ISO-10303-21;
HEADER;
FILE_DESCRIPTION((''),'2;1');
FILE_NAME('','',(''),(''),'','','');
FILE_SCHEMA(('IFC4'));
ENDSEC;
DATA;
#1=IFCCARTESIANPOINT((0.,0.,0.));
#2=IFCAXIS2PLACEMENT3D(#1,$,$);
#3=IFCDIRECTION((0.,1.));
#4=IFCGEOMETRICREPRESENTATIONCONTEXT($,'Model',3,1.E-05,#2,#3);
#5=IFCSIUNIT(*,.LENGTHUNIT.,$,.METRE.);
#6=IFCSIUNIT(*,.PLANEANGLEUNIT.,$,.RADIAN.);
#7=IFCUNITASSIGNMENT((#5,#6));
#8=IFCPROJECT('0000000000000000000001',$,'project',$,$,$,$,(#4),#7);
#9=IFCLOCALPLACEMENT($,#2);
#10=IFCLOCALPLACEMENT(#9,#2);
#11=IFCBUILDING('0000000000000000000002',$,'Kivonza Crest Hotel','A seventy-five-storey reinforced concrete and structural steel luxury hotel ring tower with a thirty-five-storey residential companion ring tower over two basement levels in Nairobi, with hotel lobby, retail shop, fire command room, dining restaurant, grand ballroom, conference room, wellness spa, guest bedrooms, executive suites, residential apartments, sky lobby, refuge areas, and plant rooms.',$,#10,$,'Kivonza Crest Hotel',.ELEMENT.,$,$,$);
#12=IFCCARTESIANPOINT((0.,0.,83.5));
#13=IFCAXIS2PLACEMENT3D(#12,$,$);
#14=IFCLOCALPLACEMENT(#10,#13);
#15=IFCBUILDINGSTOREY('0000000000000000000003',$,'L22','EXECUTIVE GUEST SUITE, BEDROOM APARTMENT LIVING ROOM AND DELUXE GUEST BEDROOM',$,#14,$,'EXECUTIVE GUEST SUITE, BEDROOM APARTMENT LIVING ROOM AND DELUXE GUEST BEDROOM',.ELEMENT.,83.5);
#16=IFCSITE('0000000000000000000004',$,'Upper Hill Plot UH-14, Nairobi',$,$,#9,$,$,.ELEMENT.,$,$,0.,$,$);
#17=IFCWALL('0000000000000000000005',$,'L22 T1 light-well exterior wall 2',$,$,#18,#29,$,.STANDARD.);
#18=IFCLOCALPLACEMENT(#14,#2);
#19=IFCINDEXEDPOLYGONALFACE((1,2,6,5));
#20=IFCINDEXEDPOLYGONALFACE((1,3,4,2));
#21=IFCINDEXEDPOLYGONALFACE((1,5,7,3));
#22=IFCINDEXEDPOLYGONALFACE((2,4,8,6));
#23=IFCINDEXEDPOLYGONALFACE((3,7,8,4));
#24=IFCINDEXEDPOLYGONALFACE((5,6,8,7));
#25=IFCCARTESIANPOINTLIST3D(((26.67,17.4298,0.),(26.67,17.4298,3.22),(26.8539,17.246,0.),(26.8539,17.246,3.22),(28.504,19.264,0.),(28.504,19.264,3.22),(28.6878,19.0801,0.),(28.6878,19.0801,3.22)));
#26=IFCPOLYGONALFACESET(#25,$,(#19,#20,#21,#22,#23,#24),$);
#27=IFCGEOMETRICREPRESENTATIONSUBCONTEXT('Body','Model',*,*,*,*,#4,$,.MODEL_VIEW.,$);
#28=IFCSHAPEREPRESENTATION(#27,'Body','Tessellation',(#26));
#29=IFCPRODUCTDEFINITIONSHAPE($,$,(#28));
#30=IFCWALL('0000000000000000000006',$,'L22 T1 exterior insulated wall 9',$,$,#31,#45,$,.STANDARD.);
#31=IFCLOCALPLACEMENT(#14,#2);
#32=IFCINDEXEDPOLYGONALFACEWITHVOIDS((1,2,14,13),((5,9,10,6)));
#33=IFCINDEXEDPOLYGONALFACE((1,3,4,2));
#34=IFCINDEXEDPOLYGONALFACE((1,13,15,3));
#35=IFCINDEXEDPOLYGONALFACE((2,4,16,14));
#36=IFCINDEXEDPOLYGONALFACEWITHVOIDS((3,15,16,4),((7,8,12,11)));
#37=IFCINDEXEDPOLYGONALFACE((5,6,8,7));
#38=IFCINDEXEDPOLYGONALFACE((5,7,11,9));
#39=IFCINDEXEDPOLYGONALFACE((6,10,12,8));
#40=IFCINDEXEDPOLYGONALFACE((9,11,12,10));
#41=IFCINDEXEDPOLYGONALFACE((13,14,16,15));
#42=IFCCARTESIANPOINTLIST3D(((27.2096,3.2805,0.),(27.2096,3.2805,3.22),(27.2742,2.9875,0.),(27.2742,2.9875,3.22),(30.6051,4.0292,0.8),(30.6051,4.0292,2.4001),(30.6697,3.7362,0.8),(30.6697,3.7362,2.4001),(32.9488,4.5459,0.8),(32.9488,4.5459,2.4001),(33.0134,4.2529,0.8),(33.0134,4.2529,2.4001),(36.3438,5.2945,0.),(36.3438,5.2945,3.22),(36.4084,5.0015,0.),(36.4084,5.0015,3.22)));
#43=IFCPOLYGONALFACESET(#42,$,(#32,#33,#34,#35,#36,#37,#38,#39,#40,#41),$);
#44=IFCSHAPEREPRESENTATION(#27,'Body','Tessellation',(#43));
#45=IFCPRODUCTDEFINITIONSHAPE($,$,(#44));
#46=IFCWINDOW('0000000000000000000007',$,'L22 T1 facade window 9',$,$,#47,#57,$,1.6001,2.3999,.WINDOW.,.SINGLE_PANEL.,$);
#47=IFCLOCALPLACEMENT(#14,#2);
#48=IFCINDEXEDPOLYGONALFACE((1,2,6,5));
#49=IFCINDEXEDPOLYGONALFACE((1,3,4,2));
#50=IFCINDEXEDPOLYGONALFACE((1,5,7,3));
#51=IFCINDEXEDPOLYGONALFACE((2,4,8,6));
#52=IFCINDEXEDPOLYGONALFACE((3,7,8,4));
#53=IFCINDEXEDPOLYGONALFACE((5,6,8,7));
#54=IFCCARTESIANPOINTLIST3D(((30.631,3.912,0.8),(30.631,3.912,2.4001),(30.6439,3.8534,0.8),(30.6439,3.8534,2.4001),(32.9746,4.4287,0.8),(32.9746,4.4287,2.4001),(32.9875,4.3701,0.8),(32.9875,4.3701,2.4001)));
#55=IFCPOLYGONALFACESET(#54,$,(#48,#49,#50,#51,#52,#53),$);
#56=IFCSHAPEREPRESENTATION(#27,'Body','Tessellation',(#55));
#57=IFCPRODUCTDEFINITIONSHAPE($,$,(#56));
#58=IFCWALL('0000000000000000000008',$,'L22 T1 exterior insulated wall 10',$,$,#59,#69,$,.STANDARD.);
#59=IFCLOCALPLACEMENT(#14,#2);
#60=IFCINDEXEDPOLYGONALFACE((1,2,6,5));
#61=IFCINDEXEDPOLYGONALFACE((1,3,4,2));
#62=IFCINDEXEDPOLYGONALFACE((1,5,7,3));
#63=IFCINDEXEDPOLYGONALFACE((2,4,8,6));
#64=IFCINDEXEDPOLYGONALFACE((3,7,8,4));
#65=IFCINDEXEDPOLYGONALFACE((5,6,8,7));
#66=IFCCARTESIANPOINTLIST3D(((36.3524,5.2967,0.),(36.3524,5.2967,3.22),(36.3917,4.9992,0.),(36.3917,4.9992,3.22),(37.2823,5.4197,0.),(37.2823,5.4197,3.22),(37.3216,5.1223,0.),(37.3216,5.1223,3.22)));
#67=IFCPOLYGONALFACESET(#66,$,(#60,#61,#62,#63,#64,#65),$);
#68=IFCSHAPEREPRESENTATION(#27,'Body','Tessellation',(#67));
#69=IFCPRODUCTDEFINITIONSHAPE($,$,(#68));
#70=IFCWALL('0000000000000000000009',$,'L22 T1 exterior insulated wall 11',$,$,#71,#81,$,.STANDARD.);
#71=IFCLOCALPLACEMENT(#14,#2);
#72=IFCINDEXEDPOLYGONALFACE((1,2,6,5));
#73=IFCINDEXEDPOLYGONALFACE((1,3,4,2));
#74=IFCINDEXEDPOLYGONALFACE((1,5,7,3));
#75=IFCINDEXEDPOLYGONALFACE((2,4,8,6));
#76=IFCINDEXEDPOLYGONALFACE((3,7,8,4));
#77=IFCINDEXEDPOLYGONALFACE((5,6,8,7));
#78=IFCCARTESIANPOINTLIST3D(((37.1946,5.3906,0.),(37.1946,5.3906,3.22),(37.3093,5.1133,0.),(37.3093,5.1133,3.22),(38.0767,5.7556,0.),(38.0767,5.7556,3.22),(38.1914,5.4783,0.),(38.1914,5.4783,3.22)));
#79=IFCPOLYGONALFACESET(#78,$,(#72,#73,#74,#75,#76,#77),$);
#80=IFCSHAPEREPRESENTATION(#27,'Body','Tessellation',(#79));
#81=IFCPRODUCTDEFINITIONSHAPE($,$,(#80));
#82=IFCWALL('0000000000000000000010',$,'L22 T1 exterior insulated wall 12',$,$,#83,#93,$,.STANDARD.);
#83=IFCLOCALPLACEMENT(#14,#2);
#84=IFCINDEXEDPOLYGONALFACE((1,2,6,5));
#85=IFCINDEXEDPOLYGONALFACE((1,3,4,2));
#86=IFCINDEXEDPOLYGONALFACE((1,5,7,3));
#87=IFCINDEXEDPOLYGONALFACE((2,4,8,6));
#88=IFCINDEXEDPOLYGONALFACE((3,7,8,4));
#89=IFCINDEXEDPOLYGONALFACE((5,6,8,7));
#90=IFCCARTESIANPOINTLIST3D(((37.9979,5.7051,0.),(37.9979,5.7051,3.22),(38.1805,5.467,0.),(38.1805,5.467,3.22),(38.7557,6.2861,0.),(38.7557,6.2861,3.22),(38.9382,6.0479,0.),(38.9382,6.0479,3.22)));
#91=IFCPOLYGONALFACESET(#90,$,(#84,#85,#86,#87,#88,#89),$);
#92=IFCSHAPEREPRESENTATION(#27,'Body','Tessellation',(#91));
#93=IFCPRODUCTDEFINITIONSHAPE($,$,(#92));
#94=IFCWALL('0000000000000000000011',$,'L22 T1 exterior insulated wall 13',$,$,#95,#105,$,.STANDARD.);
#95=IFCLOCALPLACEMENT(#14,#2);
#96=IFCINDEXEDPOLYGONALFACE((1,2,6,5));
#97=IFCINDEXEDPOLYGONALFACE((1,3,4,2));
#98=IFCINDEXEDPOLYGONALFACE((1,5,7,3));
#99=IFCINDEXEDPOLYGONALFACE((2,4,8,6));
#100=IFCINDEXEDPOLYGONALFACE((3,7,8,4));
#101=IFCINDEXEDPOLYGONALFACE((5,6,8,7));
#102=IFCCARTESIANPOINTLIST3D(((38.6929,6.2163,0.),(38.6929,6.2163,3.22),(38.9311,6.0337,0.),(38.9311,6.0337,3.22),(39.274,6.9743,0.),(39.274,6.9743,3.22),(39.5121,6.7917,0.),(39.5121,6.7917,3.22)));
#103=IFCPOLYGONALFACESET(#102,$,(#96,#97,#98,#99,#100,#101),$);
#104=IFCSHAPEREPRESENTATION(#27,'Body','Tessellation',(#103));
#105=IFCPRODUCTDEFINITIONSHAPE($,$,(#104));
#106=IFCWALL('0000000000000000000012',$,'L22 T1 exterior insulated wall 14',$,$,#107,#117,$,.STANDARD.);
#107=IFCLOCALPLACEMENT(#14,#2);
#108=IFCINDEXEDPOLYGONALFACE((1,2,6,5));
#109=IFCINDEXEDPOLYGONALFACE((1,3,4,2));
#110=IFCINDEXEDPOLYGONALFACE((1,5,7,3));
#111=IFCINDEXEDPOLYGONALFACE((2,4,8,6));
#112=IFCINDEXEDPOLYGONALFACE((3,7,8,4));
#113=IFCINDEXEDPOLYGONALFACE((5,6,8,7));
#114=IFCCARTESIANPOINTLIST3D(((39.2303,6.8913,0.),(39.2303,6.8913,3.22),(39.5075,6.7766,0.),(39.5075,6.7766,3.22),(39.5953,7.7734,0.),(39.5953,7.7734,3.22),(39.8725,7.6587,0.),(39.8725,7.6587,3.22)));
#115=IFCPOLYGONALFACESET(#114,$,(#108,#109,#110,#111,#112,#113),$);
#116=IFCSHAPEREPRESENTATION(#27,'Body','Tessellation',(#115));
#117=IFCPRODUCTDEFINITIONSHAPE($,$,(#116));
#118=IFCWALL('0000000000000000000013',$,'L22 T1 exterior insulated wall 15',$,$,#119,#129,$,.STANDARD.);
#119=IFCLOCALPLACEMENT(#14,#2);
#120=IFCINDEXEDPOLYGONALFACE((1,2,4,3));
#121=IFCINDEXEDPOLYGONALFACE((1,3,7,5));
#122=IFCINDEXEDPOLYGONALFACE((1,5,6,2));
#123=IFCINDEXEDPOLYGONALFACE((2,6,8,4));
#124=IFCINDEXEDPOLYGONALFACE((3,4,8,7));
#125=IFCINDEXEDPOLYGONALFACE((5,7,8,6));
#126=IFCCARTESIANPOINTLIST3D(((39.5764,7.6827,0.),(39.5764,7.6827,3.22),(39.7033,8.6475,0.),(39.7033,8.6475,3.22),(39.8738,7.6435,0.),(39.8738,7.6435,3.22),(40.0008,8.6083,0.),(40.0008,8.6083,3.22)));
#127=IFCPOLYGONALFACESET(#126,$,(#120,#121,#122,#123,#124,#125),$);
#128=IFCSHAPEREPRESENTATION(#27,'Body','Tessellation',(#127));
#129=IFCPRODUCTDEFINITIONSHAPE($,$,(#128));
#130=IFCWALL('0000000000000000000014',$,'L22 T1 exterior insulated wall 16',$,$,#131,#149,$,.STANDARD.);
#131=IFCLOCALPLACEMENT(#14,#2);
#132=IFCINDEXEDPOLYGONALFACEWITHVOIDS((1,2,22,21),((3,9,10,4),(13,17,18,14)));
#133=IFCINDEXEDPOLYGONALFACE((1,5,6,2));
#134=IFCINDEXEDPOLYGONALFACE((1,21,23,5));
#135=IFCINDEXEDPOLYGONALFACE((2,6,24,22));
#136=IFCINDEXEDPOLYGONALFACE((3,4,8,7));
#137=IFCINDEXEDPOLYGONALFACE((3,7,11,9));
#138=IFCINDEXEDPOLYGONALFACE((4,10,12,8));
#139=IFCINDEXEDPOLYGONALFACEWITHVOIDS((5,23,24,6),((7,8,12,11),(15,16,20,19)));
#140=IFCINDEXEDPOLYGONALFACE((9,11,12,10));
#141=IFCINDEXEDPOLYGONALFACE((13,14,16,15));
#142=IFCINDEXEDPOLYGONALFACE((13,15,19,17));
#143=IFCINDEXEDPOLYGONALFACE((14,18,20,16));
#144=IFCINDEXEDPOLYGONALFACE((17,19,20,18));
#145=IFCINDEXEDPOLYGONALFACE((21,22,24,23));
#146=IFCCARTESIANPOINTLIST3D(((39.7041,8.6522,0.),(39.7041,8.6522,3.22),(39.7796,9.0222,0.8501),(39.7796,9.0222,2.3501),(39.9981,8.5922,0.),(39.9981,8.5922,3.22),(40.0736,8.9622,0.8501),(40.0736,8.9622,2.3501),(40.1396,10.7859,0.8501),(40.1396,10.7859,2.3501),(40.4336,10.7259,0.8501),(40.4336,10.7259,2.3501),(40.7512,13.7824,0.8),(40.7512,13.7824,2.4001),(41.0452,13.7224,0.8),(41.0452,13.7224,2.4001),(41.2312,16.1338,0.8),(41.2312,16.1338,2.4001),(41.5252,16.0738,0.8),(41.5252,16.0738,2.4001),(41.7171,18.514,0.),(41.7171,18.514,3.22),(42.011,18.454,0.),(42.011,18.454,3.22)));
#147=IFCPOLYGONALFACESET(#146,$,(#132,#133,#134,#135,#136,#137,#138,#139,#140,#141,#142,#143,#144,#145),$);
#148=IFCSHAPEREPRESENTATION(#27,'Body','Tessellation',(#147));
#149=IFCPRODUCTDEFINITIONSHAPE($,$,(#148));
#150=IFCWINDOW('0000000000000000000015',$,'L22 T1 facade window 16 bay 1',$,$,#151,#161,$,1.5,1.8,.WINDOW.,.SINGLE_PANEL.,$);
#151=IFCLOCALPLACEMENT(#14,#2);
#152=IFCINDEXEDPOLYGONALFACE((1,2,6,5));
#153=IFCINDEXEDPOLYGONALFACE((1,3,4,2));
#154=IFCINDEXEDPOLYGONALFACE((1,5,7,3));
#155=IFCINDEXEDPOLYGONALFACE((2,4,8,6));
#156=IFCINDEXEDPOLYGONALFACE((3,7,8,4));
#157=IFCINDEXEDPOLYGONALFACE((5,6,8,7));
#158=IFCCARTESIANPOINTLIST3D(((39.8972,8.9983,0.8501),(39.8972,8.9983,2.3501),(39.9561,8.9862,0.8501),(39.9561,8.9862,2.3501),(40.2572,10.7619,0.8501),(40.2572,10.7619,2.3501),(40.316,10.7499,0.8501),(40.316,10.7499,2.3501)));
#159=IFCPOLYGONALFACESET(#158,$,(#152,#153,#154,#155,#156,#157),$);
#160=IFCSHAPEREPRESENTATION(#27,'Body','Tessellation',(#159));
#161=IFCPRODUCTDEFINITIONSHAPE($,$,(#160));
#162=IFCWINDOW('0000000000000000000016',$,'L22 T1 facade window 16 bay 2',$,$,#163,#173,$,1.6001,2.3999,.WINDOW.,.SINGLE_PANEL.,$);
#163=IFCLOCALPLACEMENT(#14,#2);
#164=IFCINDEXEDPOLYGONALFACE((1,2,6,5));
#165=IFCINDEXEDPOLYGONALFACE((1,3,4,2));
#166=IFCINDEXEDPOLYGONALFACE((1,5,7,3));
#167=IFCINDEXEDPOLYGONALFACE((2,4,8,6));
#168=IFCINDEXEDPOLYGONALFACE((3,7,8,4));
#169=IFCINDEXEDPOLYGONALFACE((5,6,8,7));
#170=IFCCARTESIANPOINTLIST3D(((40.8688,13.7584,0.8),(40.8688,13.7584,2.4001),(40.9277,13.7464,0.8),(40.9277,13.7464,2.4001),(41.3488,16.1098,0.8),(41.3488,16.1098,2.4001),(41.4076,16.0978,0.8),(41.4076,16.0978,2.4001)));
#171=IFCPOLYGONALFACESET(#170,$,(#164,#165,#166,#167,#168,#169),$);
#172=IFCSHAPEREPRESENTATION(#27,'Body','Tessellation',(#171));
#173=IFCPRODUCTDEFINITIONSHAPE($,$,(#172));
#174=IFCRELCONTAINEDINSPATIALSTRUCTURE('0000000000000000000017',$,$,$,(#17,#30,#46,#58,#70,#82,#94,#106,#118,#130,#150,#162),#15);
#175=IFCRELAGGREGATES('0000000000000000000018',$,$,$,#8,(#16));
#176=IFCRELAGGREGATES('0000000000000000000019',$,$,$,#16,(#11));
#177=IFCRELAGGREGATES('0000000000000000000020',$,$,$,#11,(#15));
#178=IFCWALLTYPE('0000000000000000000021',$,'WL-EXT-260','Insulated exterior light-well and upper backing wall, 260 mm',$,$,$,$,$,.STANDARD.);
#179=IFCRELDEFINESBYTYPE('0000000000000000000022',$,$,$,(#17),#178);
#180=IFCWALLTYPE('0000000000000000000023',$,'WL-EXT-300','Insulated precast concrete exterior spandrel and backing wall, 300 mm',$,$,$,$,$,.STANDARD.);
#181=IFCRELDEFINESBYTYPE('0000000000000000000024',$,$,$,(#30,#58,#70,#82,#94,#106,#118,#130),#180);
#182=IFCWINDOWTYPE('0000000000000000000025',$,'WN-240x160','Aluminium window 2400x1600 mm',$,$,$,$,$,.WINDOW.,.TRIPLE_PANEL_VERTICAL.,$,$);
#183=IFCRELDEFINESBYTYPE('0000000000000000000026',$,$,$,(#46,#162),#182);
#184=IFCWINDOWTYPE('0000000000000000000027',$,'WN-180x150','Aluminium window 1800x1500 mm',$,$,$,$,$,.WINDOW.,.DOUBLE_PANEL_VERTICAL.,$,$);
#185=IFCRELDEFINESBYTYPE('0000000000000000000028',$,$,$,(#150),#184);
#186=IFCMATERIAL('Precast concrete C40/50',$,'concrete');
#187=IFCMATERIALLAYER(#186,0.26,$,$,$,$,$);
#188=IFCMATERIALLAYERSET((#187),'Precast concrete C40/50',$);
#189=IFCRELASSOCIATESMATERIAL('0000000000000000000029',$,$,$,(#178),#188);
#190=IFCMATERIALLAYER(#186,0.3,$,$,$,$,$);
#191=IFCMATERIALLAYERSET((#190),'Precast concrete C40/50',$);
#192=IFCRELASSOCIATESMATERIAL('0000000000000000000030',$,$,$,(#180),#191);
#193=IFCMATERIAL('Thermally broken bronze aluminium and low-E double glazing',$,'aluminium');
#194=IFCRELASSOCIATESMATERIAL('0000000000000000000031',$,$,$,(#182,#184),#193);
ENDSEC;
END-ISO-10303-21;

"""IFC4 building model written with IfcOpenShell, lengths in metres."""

from ifc_helpers import new_model, si_unit, direction, frame, frame_2d, origin, place, context, subcontext, project, spatial, rectangle, extrude, material, layer, layer_set, type_object, element, fill, save


model = new_model("IFC4")

# Units and contexts
model_context = context("Model", 3, precision=1e-05, world=origin(), true_north=direction((0.0, 1.0)))
body_context = subcontext(model_context, "Body", "Model", "MODEL_VIEW")
ifc_project = project(units=[si_unit("LENGTHUNIT", "METRE"), si_unit("PLANEANGLEUNIT", "RADIAN")], contexts=[model_context])

# Site, building, storey
site_placement = place(None, origin())
site = spatial("IfcSite", under=ifc_project, at=site_placement, Name="Upper Hill Plot UH-14, Nairobi", CompositionType="ELEMENT", RefElevation=0.0)
building_placement = place(site_placement, origin())
building = spatial("IfcBuilding", under=site, at=building_placement, Name="Kivonza Crest Hotel", Description="A seventy-five-storey reinforced concrete and structural steel luxury hotel ring tower with a thirty-five-storey residential companion ring tower over two basement levels in Nairobi, with hotel lobby, retail shop, fire command room, dining restaurant, grand ballroom, conference room, wellness spa, guest bedrooms, executive suites, residential apartments, sky lobby, refuge areas, and plant rooms.", LongName="Kivonza Crest Hotel", CompositionType="ELEMENT")
storey_placement = place(building_placement, frame((0.0, 0.0, 83.5)))
storey = spatial("IfcBuildingStorey", under=building, at=storey_placement, Name="L22", Description="EXECUTIVE GUEST SUITE, BEDROOM APARTMENT LIVING ROOM AND DELUXE GUEST BEDROOM", LongName="EXECUTIVE GUEST SUITE, BEDROOM APARTMENT LIVING ROOM AND DELUXE GUEST BEDROOM", CompositionType="ELEMENT", Elevation=83.5)

# Wall
ifc_material_1 = material(Name="Precast concrete C40/50", Category="concrete")
ifc_layer_1 = layer(ifc_material_1, 0.26)
ifc_layer_set_1 = layer_set([ifc_layer_1], Name="Precast concrete C40/50")
wall_type_1 = type_object("IfcWallType", Name="WL-EXT-260", Description="Insulated exterior light-well and upper backing wall, 260 mm", PredefinedType="STANDARD", material=ifc_layer_set_1)
wall_1_placement = place(storey_placement, frame((26.762, 17.3379, 0.0), z_axis=(0.0, 0.0, 1.0), x_axis=(0.70706, 0.707154, 0.0)))
element("IfcWall", 1, at=wall_1_placement, inside=storey, type_object=wall_type_1, Name="L22 T1 light-well exterior wall 2", PredefinedType="STANDARD", context=body_context, shape_type="SweptSolid", body=[
    extrude(rectangle(XDim=2.5938, YDim=0.26, at=frame_2d((1.2969, 0.0))), origin(), (0.0, 0.0, 1.0), 3.22),
])

# Wall, opening, window
ifc_layer_2 = layer(ifc_material_1, 0.3)
ifc_layer_set_2 = layer_set([ifc_layer_2], Name="Precast concrete C40/50")
wall_type_2 = type_object("IfcWallType", Name="WL-EXT-300", Description="Insulated precast concrete exterior spandrel and backing wall, 300 mm", PredefinedType="STANDARD", material=ifc_layer_set_2)
wall_2_placement = place(storey_placement, frame((27.2419, 3.134, 0.0), z_axis=(0.0, 0.0, 1.0), x_axis=(0.976545, 0.215313, 0.0)))
wall_2 = element("IfcWall", 2, at=wall_2_placement, inside=storey, type_object=wall_type_2, Name="L22 T1 exterior insulated wall 9", PredefinedType="STANDARD", context=body_context, shape_type="SweptSolid", body=[
    extrude(rectangle(XDim=9.3535, YDim=0.3, at=frame_2d((4.6768, 0.0))), origin(), (0.0, 0.0, 1.0), 3.22),
])
opening_1_placement = place(wall_2_placement, frame((3.4771, 0.0, 0.8)))
opening_1 = element("IfcOpeningElement", 3, at=opening_1_placement, cuts=wall_2, PredefinedType="OPENING", context=body_context, shape_type="SweptSolid", body=[
    extrude(rectangle(XDim=2.3999, YDim=1.6001, at=frame_2d((1.2, 0.8))), frame((0.0, 0.1602, 0.0), z_axis=(0.0, -1.0, 0.0), x_axis=(1.0, 0.0, 0.0)), (0.0, 0.0, 1.0), 0.3201),
])
ifc_material_2 = material(Name="Thermally broken bronze aluminium and low-E double glazing", Category="aluminium")
window_type_1 = type_object("IfcWindowType", Name="WN-240x160", Description="Aluminium window 2400x1600 mm", PartitioningType="TRIPLE_PANEL_VERTICAL", PredefinedType="WINDOW", material=ifc_material_2)
window_1_placement = place(opening_1_placement, origin())
window_1 = element("IfcWindow", 4, at=window_1_placement, inside=storey, type_object=window_type_1, Name="L22 T1 facade window 9", OverallHeight=1.6001, OverallWidth=2.3999, PartitioningType="SINGLE_PANEL", PredefinedType="WINDOW", context=body_context, shape_type="SweptSolid", body=[
    extrude(rectangle(XDim=2.3999, YDim=1.6001, at=frame_2d((1.2, 0.8))), frame((0.0, 0.03, 0.0), z_axis=(0.0, -1.0, 0.0), x_axis=(1.0, 0.0, 0.0)), (0.0, 0.0, 1.0), 0.0601),
])
fill(opening_1, window_1)

# Walls
wall_3_placement = place(storey_placement, frame((36.3721, 5.1479, 0.0), z_axis=(0.0, 0.0, 1.0), x_axis=(0.991359, 0.131175, 0.0)))
element("IfcWall", 5, at=wall_3_placement, inside=storey, type_object=wall_type_2, Name="L22 T1 exterior insulated wall 10", PredefinedType="STANDARD", context=body_context, shape_type="SweptSolid", body=[
    extrude(rectangle(XDim=0.938, YDim=0.3, at=frame_2d((0.469, 0.0))), origin(), (0.0, 0.0, 1.0), 3.22),
])
wall_4_placement = place(storey_placement, frame((37.252, 5.252, 0.0), z_axis=(0.0, 0.0, 1.0), x_axis=(0.92402, 0.382344, 0.0)))
element("IfcWall", 6, at=wall_4_placement, inside=storey, type_object=wall_type_2, Name="L22 T1 exterior insulated wall 11", PredefinedType="STANDARD", context=body_context, shape_type="SweptSolid", body=[
    extrude(rectangle(XDim=0.9546, YDim=0.3, at=frame_2d((0.4773, 0.0))), origin(), (0.0, 0.0, 1.0), 3.22),
])
wall_5_placement = place(storey_placement, frame((38.0891, 5.5859, 0.0), z_axis=(0.0, 0.0, 1.0), x_axis=(0.793573, 0.608474, 0.0)))
element("IfcWall", 7, at=wall_5_placement, inside=storey, type_object=wall_type_2, Name="L22 T1 exterior insulated wall 12", PredefinedType="STANDARD", context=body_context, shape_type="SweptSolid", body=[
    extrude(rectangle(XDim=0.9548, YDim=0.3, at=frame_2d((0.4775, 0.0))), origin(), (0.0, 0.0, 1.0), 3.22),
])
wall_6_placement = place(storey_placement, frame((38.812, 6.125, 0.0), z_axis=(0.0, 0.0, 1.0), x_axis=(0.608351, 0.793668, 0.0)))
element("IfcWall", 8, at=wall_6_placement, inside=storey, type_object=wall_type_2, Name="L22 T1 exterior insulated wall 13", PredefinedType="STANDARD", context=body_context, shape_type="SweptSolid", body=[
    extrude(rectangle(XDim=0.9551, YDim=0.3, at=frame_2d((0.4775, 0.0))), origin(), (0.0, 0.0, 1.0), 3.22),
])
wall_7_placement = place(storey_placement, frame((39.3689, 6.834, 0.0), z_axis=(0.0, 0.0, 1.0), x_axis=(0.382344, 0.92402, 0.0)))
element("IfcWall", 9, at=wall_7_placement, inside=storey, type_object=wall_type_2, Name="L22 T1 exterior insulated wall 14", PredefinedType="STANDARD", context=body_context, shape_type="SweptSolid", body=[
    extrude(rectangle(XDim=0.9546, YDim=0.3, at=frame_2d((0.4773, 0.0))), origin(), (0.0, 0.0, 1.0), 3.22),
])
wall_8_placement = place(storey_placement, frame((39.7251, 7.6631, 0.0), z_axis=(0.0, 0.0, 1.0), x_axis=(0.130455, 0.991454, 0.0)))
element("IfcWall", 10, at=wall_8_placement, inside=storey, type_object=wall_type_2, Name="L22 T1 exterior insulated wall 15", PredefinedType="STANDARD", context=body_context, shape_type="SweptSolid", body=[
    extrude(rectangle(XDim=0.9731, YDim=0.3, at=frame_2d((0.4866, 0.0))), origin(), (0.0, 0.0, 1.0), 3.22),
])

# Wall, openings, windows
wall_9_placement = place(storey_placement, frame((39.8511, 8.6221, 0.0), z_axis=(0.0, 0.0, 1.0), x_axis=(0.199991, 0.979798, 0.0)))
wall_9 = element("IfcWall", 11, at=wall_9_placement, inside=storey, type_object=wall_type_2, Name="L22 T1 exterior insulated wall 16", PredefinedType="STANDARD", context=body_context, shape_type="SweptSolid", body=[
    extrude(rectangle(XDim=10.0652, YDim=0.3, at=frame_2d((5.0327, 0.0))), origin(), (0.0, 0.0, 1.0), 3.22),
])
opening_2_placement = place(wall_9_placement, frame((0.3779, 0.0, 0.8501)))
opening_2 = element("IfcOpeningElement", 12, at=opening_2_placement, cuts=wall_9, PredefinedType="OPENING", context=body_context, shape_type="SweptSolid", body=[
    extrude(rectangle(XDim=1.8, YDim=1.5, at=frame_2d((0.8999, 0.75))), frame((0.0, 0.1602, 0.0), z_axis=(0.0, -1.0, 0.0), x_axis=(1.0, 0.0, 0.0)), (0.0, 0.0, 1.0), 0.3201),
])
opening_3_placement = place(wall_9_placement, frame((5.2361, 0.0, 0.8)))
opening_3 = element("IfcOpeningElement", 13, at=opening_3_placement, cuts=wall_9, PredefinedType="OPENING", context=body_context, shape_type="SweptSolid", body=[
    extrude(rectangle(XDim=2.3999, YDim=1.6001, at=frame_2d((1.2, 0.8))), frame((0.0, 0.1602, 0.0), z_axis=(0.0, -1.0, 0.0), x_axis=(1.0, 0.0, 0.0)), (0.0, 0.0, 1.0), 0.3201),
])
window_type_2 = type_object("IfcWindowType", Name="WN-180x150", Description="Aluminium window 1800x1500 mm", PartitioningType="DOUBLE_PANEL_VERTICAL", PredefinedType="WINDOW", material=ifc_material_2)
window_2_placement = place(opening_2_placement, origin())
window_2 = element("IfcWindow", 14, at=window_2_placement, inside=storey, type_object=window_type_2, Name="L22 T1 facade window 16 bay 1", OverallHeight=1.5, OverallWidth=1.8, PartitioningType="SINGLE_PANEL", PredefinedType="WINDOW", context=body_context, shape_type="SweptSolid", body=[
    extrude(rectangle(XDim=1.8, YDim=1.5, at=frame_2d((0.8999, 0.75))), frame((0.0, 0.03, 0.0), z_axis=(0.0, -1.0, 0.0), x_axis=(1.0, 0.0, 0.0)), (0.0, 0.0, 1.0), 0.0601),
])
fill(opening_2, window_2)
window_3_placement = place(opening_3_placement, origin())
window_3 = element("IfcWindow", 15, at=window_3_placement, inside=storey, type_object=window_type_1, Name="L22 T1 facade window 16 bay 2", OverallHeight=1.6001, OverallWidth=2.3999, PartitioningType="SINGLE_PANEL", PredefinedType="WINDOW", context=body_context, shape_type="SweptSolid", body=[
    extrude(rectangle(XDim=2.3999, YDim=1.6001, at=frame_2d((1.2, 0.8))), frame((0.0, 0.03, 0.0), z_axis=(0.0, -1.0, 0.0), x_axis=(1.0, 0.0, 0.0)), (0.0, 0.0, 1.0), 0.0601),
])
fill(opening_3, window_3)

save(model, "model.ifc")
